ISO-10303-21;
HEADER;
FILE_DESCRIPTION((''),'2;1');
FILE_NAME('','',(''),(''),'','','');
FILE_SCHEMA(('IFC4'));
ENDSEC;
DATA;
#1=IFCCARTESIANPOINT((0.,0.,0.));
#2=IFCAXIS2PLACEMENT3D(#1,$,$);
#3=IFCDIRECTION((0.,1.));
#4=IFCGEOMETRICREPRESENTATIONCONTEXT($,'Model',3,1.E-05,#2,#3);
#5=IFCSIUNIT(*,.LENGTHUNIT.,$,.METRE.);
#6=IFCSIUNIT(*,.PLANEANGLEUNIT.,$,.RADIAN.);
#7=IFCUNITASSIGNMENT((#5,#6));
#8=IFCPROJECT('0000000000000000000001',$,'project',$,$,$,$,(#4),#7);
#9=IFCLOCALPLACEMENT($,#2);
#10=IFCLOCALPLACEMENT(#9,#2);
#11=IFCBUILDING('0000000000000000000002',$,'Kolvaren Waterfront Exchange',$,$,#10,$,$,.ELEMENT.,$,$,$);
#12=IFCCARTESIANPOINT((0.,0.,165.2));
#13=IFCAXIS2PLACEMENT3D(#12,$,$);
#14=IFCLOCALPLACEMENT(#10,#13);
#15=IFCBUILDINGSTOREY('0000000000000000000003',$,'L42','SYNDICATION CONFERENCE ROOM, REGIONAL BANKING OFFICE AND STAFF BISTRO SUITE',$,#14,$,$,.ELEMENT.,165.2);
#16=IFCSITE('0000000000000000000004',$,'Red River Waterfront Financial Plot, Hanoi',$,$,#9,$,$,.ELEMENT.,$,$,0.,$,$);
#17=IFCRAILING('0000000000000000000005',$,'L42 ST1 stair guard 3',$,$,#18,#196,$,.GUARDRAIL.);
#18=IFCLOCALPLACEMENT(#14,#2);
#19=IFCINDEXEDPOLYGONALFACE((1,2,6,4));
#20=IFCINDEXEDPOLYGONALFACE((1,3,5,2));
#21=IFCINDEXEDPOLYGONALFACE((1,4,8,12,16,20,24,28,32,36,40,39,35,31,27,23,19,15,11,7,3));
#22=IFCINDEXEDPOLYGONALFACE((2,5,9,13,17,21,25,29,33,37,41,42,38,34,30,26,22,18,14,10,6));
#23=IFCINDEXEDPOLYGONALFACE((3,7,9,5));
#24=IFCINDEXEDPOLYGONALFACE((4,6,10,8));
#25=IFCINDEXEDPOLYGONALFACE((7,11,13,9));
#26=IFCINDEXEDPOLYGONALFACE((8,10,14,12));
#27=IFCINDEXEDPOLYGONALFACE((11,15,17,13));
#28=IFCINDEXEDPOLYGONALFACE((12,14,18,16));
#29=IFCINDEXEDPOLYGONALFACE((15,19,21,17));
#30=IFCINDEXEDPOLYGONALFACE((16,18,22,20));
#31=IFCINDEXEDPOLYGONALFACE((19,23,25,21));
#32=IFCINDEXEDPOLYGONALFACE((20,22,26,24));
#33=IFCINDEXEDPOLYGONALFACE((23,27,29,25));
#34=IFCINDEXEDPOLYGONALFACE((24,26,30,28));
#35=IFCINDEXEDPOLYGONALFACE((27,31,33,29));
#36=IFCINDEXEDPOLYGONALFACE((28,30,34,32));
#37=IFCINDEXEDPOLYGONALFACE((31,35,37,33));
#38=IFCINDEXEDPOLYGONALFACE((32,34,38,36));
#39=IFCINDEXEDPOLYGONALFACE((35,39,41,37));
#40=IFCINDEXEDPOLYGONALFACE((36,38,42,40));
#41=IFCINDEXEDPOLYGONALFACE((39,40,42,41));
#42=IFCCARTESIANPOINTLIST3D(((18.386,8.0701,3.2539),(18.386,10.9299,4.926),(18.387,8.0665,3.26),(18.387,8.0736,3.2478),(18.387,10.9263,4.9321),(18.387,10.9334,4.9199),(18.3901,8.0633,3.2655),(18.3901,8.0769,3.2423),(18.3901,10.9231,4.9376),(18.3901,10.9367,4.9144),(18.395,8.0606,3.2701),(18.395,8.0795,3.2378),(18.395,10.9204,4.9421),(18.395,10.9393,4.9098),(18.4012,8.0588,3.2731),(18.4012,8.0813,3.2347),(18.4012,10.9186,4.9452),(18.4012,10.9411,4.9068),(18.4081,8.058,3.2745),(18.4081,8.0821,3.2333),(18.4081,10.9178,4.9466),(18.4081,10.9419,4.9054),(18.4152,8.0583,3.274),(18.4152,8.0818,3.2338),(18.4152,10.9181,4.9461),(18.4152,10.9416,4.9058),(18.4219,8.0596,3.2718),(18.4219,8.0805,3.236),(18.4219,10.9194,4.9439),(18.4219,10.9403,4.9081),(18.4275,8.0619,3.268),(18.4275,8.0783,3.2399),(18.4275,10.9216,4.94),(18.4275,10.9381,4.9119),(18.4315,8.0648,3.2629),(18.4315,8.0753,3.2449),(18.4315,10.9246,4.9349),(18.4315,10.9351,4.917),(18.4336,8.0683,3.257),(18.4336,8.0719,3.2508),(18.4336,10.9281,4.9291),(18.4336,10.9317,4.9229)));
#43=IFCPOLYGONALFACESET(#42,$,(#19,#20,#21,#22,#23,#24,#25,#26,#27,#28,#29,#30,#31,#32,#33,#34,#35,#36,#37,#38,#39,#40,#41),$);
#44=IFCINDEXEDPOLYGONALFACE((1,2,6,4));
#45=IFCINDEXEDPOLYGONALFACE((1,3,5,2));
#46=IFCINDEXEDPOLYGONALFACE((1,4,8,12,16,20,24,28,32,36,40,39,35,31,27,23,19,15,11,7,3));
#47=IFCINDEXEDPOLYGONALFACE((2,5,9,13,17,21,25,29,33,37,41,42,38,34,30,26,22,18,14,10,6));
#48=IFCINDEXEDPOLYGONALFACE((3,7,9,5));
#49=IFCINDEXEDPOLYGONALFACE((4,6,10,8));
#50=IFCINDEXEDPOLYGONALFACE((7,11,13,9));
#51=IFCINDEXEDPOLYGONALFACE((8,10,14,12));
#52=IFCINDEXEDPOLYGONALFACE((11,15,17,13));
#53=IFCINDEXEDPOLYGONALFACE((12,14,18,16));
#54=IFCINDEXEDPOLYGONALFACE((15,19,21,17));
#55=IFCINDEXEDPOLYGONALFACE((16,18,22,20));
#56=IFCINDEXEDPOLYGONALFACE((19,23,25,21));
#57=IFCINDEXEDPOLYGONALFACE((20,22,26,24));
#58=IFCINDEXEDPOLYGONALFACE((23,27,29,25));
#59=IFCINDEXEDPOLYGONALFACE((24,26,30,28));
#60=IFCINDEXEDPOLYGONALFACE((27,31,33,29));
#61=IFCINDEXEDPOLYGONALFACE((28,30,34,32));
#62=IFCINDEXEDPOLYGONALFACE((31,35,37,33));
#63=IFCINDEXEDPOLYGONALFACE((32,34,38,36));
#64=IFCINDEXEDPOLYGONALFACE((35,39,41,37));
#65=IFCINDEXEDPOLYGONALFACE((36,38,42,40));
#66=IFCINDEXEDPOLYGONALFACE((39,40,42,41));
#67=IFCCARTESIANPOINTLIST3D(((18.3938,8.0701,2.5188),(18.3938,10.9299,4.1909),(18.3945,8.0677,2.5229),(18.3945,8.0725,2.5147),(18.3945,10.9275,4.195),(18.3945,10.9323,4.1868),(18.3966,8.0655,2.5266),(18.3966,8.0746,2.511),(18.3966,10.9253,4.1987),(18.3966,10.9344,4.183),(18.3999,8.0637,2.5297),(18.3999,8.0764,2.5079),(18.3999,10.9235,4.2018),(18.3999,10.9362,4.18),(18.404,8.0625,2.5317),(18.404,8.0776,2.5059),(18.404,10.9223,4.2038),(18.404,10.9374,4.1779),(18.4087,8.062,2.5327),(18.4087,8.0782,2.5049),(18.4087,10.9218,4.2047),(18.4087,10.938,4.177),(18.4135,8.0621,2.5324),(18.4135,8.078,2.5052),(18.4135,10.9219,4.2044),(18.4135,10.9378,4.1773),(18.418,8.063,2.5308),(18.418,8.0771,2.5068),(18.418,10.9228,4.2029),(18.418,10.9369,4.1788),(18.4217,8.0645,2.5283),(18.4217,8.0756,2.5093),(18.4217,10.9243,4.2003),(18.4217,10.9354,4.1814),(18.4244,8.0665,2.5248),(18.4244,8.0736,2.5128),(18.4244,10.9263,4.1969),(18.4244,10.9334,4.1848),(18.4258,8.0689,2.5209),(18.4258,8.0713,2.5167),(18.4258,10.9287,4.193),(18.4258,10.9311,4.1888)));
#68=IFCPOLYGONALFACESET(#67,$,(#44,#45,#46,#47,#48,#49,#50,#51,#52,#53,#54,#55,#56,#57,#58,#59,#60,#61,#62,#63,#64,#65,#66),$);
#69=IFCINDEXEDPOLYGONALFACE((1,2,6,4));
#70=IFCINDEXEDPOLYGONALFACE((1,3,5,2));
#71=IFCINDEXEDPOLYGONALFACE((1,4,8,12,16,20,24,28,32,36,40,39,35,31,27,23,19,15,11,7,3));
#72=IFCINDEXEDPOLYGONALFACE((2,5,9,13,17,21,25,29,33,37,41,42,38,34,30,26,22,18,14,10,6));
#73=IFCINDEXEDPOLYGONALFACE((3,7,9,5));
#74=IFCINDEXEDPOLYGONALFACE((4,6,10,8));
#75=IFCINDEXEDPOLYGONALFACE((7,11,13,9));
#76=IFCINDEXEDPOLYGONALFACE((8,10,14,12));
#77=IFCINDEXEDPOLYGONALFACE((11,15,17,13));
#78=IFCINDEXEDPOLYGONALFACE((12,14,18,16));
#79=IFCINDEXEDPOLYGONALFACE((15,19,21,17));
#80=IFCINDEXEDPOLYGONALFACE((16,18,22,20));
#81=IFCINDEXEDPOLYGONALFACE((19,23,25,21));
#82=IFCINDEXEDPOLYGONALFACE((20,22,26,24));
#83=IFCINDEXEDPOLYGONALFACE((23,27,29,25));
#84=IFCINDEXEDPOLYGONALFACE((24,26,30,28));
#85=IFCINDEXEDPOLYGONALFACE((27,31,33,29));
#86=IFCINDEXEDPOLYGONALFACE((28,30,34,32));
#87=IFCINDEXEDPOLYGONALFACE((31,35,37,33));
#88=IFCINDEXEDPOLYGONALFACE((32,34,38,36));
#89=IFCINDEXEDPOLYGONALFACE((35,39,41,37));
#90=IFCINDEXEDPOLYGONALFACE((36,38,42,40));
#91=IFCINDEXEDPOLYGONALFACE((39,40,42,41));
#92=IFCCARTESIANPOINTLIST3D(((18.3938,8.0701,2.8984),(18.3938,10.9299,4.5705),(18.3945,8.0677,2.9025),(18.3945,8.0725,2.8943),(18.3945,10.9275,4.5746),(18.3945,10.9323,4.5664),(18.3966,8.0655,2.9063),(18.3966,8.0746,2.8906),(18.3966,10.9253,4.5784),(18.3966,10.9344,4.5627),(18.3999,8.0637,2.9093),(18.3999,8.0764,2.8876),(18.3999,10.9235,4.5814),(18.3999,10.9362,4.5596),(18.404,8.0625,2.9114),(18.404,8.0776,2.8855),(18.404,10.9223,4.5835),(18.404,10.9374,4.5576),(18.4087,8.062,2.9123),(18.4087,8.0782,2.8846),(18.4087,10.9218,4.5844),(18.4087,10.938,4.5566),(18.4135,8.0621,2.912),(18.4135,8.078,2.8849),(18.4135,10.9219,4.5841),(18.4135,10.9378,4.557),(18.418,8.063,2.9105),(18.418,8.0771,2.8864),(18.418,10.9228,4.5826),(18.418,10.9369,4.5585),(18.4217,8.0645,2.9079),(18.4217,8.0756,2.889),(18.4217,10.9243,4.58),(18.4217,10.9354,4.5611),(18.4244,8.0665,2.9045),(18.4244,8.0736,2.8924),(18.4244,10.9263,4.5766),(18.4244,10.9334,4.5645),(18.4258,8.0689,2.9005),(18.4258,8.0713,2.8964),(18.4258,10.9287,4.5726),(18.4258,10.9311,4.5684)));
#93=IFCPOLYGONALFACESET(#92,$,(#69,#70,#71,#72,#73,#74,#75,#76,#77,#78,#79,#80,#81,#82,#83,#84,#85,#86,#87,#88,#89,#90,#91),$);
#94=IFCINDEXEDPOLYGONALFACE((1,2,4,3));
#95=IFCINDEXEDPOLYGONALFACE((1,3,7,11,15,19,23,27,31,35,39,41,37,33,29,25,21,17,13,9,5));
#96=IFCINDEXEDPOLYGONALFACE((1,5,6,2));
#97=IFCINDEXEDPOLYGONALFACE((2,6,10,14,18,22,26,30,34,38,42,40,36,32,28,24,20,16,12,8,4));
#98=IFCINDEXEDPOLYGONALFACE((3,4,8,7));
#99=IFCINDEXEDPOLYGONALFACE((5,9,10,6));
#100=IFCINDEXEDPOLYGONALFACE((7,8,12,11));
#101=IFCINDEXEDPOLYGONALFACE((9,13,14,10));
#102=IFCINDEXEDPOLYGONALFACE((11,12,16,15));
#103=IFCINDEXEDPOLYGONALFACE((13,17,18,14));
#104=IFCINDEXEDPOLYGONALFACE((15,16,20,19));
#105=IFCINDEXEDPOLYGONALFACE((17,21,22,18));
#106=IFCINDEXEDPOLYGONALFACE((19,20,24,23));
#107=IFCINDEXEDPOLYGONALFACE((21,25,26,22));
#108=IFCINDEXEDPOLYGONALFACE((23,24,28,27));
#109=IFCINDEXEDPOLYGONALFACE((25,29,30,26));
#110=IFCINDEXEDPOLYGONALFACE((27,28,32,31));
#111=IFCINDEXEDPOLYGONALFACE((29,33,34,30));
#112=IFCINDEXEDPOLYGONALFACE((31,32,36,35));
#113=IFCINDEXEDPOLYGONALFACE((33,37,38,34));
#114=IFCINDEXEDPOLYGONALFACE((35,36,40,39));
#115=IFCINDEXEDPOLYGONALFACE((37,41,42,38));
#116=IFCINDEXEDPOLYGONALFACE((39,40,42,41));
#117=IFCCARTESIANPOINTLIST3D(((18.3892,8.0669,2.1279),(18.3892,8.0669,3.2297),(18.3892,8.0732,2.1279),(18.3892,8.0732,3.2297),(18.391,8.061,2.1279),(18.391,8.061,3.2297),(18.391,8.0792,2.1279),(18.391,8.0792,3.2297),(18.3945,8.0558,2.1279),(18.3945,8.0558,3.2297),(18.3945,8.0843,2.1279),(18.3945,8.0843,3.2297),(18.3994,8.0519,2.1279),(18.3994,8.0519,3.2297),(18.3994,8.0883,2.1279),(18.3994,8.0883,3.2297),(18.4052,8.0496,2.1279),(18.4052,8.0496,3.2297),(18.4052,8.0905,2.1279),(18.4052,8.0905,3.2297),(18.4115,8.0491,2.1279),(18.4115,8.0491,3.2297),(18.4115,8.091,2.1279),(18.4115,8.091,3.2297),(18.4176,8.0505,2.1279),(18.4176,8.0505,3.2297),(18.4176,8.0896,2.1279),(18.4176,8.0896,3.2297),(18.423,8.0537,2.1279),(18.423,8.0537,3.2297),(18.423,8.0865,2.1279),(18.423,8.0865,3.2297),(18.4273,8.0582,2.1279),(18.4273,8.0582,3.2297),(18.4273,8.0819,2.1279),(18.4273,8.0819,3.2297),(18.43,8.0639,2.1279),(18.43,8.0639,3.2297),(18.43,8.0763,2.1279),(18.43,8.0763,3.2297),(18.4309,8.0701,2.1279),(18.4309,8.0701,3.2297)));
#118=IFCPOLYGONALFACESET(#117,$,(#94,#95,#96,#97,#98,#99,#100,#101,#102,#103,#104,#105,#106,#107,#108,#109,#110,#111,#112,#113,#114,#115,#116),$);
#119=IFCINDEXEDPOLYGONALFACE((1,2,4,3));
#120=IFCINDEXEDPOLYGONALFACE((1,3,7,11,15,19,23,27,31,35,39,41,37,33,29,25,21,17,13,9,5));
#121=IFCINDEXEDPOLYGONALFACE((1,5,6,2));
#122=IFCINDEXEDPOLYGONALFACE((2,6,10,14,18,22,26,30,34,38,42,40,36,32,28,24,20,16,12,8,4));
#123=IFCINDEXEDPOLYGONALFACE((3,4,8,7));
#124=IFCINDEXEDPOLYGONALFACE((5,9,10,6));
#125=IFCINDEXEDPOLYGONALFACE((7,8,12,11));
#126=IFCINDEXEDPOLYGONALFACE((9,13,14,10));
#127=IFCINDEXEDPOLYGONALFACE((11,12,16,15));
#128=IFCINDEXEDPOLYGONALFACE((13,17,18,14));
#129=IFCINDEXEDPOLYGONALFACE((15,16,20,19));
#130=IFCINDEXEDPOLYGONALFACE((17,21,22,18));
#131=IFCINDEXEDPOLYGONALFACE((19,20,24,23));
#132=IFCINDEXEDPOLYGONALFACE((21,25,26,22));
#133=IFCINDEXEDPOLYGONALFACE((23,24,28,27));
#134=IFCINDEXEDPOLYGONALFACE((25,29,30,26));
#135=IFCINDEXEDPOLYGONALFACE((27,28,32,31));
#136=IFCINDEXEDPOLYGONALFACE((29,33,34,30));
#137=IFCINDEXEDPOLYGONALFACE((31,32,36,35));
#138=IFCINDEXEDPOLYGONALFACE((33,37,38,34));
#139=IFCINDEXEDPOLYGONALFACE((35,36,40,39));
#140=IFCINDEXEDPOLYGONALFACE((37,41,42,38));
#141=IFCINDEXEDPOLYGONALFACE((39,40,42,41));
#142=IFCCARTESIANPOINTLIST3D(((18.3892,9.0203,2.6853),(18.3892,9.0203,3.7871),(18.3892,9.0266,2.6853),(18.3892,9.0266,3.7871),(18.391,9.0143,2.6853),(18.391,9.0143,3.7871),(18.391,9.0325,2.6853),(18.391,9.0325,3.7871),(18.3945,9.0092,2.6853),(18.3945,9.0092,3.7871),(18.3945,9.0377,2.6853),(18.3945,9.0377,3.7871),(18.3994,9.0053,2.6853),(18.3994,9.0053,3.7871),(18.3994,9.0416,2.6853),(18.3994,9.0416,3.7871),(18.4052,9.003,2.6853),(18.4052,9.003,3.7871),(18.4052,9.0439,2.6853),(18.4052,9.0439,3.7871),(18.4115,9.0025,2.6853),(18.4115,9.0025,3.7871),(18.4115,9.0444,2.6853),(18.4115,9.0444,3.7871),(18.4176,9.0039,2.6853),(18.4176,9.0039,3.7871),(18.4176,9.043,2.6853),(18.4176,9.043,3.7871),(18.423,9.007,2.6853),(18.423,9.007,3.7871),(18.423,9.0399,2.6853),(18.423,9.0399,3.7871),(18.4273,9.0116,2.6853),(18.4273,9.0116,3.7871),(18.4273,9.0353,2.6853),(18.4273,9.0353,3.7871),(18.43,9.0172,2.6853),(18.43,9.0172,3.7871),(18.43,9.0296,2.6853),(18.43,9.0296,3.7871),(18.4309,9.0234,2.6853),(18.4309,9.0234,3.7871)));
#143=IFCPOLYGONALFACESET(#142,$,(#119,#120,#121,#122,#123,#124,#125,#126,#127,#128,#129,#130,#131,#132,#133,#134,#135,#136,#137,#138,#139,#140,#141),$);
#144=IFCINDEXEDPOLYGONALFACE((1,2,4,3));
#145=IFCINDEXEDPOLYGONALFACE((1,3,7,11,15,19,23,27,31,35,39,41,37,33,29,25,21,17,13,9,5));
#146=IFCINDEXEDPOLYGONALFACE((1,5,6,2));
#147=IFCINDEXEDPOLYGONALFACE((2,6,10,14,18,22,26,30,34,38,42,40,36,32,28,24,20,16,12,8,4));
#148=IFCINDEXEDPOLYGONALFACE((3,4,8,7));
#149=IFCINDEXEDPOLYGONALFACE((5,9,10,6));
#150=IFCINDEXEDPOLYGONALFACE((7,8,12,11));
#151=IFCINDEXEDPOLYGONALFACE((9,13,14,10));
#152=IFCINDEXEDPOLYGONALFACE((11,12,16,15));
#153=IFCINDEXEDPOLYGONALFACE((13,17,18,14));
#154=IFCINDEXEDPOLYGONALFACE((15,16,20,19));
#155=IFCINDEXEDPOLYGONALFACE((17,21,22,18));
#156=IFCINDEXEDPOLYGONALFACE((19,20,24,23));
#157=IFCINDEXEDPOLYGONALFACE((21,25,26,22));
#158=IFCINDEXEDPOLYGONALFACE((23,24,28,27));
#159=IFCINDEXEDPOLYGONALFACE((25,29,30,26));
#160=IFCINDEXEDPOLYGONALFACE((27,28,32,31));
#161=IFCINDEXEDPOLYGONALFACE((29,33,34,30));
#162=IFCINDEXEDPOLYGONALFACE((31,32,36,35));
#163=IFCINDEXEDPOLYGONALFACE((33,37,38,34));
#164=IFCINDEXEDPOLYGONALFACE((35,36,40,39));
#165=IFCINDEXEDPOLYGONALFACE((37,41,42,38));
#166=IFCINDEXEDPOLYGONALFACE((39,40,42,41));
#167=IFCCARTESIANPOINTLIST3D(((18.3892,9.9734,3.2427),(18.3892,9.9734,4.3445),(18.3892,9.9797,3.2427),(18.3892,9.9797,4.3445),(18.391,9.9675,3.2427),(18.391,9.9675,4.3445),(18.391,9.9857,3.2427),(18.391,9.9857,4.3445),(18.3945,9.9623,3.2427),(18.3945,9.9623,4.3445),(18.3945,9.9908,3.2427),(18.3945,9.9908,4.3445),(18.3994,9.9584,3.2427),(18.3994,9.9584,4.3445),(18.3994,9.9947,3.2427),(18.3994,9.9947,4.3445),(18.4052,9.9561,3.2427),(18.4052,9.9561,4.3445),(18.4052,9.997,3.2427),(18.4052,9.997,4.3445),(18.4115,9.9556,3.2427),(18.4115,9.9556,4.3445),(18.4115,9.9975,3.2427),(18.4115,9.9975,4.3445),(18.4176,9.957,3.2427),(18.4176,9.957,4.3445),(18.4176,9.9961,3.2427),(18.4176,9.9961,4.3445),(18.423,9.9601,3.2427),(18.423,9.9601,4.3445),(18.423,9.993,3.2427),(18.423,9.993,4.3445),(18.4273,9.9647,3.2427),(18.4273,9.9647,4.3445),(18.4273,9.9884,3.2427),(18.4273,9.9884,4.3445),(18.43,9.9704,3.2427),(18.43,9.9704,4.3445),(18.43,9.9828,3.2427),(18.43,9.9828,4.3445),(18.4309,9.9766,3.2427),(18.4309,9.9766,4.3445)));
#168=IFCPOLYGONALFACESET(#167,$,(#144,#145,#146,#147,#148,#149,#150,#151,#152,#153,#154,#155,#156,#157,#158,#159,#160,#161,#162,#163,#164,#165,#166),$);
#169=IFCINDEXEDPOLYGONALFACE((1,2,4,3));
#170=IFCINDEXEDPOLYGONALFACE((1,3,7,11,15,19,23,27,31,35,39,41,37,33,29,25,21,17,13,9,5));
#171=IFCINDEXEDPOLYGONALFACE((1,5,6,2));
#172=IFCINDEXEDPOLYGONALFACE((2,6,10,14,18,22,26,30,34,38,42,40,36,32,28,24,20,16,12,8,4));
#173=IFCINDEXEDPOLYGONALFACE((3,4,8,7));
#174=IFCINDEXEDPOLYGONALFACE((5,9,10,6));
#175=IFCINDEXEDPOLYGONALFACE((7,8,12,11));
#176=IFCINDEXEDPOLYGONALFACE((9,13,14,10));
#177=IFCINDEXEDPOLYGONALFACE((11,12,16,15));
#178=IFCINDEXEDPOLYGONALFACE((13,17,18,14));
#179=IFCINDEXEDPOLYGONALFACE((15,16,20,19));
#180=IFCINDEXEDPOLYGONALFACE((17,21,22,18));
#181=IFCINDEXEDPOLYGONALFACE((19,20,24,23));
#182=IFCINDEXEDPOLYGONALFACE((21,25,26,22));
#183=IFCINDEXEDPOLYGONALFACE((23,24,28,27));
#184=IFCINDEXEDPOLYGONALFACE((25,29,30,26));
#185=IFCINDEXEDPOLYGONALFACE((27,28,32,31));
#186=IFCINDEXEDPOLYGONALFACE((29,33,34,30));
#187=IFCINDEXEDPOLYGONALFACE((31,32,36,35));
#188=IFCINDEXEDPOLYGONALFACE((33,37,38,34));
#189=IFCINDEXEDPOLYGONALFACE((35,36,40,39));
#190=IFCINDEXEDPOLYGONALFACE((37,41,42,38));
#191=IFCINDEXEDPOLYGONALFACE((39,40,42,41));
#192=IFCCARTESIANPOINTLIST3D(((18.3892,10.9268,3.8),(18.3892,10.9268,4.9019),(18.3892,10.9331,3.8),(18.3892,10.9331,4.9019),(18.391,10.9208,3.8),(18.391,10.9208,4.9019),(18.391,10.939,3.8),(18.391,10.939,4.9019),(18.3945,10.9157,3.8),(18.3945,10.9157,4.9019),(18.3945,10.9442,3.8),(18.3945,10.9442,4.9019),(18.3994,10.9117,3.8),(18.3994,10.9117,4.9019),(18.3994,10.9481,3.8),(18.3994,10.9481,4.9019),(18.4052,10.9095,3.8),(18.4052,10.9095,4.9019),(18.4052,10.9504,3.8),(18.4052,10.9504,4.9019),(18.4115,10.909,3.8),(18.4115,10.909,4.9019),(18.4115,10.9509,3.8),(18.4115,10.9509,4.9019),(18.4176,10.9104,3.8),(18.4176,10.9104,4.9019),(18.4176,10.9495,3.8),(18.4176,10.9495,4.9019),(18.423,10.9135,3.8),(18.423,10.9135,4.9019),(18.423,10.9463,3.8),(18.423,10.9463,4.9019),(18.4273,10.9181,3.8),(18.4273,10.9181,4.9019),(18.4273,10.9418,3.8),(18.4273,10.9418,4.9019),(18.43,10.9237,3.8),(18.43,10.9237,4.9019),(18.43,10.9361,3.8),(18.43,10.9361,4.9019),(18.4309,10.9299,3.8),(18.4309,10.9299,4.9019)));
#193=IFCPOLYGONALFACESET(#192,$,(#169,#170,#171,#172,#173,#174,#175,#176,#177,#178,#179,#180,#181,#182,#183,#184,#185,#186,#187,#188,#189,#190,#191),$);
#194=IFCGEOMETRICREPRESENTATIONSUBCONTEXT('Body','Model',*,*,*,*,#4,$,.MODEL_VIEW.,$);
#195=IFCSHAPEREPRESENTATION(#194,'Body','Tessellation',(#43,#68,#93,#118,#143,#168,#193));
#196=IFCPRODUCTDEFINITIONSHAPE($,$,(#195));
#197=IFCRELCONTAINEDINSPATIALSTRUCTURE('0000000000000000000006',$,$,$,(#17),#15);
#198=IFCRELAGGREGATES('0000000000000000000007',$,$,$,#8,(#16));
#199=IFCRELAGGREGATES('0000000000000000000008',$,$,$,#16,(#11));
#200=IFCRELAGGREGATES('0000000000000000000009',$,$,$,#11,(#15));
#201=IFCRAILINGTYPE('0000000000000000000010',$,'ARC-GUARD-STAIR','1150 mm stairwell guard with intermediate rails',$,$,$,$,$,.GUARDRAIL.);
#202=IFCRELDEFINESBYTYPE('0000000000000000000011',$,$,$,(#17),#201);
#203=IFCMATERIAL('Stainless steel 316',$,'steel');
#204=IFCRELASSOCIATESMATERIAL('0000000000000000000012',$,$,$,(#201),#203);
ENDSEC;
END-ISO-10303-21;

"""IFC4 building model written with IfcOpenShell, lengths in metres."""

from ifc_helpers import new_model, si_unit, direction, frame, origin, origin_2d, place, context, subcontext, project, spatial, circle, extrude, material, type_object, element, save


model = new_model("IFC4")

# Units and contexts
model_context = context("Model", 3, precision=1e-05, world=origin(), true_north=direction((0.0, 1.0)))
body_context = subcontext(model_context, "Body", "Model", "MODEL_VIEW")
ifc_project = project(units=[si_unit("LENGTHUNIT", "METRE"), si_unit("PLANEANGLEUNIT", "RADIAN")], contexts=[model_context])

# Site, building, storey
site_placement = place(None, origin())
site = spatial("IfcSite", under=ifc_project, at=site_placement, Name="Red River Waterfront Financial Plot, Hanoi", CompositionType="ELEMENT", RefElevation=0.0)
building_placement = place(site_placement, origin())
building = spatial("IfcBuilding", under=site, at=building_placement, Name="Kolvaren Waterfront Exchange", CompositionType="ELEMENT")
storey_placement = place(building_placement, frame((0.0, 0.0, 165.2)))
storey = spatial("IfcBuildingStorey", under=building, at=storey_placement, Name="L42", Description="SYNDICATION CONFERENCE ROOM, REGIONAL BANKING OFFICE AND STAFF BISTRO SUITE", CompositionType="ELEMENT", Elevation=165.2)

# Railing
ifc_material_1 = material(Name="Stainless steel 316", Category="steel")
railing_type_1 = type_object("IfcRailingType", Name="ARC-GUARD-STAIR", Description="1150 mm stairwell guard with intermediate rails", PredefinedType="GUARDRAIL", material=ifc_material_1)
railing_1_placement = place(storey_placement, frame((18.4099, 8.0701, 2.1279)))
element("IfcRailing", 1, at=railing_1_placement, inside=storey, type_object=railing_type_1, Name="L42 ST1 stair guard 3", PredefinedType="GUARDRAIL", context=body_context, shape_type="SweptSolid", body=[
    extrude(circle(Radius=0.0239, at=origin_2d()), frame((0.0, 0.0, 1.126), z_axis=(0.0, 0.863271, 0.504741), x_axis=(-1.0, 0.0, 0.0)), (0.0, 0.0, 1.0), 3.3127),
    extrude(circle(Radius=0.0161, at=origin_2d()), frame((0.0, 0.0, 0.3909), z_axis=(0.0, 0.863271, 0.504741), x_axis=(-1.0, 0.0, 0.0)), (0.0, 0.0, 1.0), 3.3127),
    extrude(circle(Radius=0.0161, at=origin_2d()), frame((0.0, 0.0, 0.7705), z_axis=(0.0, 0.863271, 0.504741), x_axis=(-1.0, 0.0, 0.0)), (0.0, 0.0, 1.0), 3.3127),
    extrude(circle(Radius=0.021, at=origin_2d()), origin(), (0.0, 0.0, 1.0), 1.1018),
    extrude(circle(Radius=0.021, at=origin_2d()), frame((0.0, 0.9534, 0.5574)), (0.0, 0.0, 1.0), 1.1018),
    extrude(circle(Radius=0.021, at=origin_2d()), frame((0.0, 1.9065, 1.1147)), (0.0, 0.0, 1.0), 1.1018),
    extrude(circle(Radius=0.021, at=origin_2d()), frame((0.0, 2.8599, 1.6721)), (0.0, 0.0, 1.0), 1.1018),
])

save(model, "model.ifc")
